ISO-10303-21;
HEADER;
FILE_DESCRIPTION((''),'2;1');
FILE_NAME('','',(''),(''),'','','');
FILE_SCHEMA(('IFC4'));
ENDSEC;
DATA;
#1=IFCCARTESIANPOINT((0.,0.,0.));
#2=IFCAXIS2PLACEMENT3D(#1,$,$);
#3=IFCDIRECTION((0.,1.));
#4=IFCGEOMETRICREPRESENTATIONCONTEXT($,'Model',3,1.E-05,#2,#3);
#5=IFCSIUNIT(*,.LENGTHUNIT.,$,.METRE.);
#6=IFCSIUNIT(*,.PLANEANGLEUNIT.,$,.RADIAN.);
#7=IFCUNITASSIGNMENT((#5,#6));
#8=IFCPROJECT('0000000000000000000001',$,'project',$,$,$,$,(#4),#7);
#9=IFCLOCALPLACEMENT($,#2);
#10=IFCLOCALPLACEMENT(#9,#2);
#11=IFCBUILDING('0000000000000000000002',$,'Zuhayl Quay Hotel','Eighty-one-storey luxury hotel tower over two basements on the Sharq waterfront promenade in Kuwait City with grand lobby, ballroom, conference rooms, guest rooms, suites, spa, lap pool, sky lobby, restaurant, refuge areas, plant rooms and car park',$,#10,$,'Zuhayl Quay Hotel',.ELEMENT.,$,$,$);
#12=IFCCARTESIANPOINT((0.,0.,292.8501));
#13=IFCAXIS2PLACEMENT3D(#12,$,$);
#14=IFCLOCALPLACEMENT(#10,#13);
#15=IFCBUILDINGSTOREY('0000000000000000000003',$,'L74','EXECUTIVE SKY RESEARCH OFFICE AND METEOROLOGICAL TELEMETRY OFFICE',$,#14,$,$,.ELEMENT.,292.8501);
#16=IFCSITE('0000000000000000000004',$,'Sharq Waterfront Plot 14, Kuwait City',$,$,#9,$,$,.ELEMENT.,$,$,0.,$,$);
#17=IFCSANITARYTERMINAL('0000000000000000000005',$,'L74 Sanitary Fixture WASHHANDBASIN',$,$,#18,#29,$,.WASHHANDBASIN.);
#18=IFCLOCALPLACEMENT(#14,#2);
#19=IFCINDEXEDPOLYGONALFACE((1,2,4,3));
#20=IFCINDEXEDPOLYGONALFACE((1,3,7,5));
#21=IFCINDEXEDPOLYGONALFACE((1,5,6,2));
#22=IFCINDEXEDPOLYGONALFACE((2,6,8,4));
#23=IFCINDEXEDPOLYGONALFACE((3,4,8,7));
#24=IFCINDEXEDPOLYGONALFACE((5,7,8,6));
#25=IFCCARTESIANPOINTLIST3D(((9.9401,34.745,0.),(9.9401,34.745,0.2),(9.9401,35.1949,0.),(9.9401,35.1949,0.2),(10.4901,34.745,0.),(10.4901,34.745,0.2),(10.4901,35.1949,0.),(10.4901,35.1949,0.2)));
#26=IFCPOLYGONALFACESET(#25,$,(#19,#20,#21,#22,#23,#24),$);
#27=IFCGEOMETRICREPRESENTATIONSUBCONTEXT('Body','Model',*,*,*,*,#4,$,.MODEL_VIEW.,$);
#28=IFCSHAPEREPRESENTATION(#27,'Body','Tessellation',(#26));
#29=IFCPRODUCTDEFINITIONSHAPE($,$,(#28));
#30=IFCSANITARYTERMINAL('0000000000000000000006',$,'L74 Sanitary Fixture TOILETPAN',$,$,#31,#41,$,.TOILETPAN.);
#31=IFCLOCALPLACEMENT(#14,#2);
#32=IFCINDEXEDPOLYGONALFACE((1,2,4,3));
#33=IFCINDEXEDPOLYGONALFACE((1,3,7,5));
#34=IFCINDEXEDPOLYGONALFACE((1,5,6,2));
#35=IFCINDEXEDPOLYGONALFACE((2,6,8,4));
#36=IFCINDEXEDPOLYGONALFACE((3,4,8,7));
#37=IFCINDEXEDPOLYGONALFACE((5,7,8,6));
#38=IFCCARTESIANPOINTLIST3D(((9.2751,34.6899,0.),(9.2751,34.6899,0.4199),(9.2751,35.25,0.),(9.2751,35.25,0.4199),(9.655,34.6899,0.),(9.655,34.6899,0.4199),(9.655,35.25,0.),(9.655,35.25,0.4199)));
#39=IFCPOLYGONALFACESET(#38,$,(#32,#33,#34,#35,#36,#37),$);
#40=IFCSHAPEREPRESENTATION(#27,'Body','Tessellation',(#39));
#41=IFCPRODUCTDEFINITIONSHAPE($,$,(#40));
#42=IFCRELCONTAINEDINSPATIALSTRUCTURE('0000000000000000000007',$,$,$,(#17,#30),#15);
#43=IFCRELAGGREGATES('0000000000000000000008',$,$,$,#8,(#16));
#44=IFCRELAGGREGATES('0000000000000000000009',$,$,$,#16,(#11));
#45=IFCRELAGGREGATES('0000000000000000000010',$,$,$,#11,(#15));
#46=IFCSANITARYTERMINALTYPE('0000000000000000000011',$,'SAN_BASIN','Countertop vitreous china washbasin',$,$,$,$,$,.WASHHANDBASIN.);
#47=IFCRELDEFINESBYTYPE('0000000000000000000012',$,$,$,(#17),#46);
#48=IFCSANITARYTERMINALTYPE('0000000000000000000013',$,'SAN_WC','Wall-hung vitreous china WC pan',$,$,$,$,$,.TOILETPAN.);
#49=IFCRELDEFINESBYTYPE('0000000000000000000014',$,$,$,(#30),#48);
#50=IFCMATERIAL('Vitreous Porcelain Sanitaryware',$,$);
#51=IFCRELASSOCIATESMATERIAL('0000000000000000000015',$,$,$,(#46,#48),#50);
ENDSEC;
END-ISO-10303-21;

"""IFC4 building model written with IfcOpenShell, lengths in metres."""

from ifc_helpers import new_model, si_unit, direction, frame, origin, origin_2d, place, context, subcontext, project, spatial, rectangle, extrude, material, type_object, element, save


model = new_model("IFC4")

# Units and contexts
model_context = context("Model", 3, precision=1e-05, world=origin(), true_north=direction((0.0, 1.0)))
body_context = subcontext(model_context, "Body", "Model", "MODEL_VIEW")
ifc_project = project(units=[si_unit("LENGTHUNIT", "METRE"), si_unit("PLANEANGLEUNIT", "RADIAN")], contexts=[model_context])

# Site, building, storey
site_placement = place(None, origin())
site = spatial("IfcSite", under=ifc_project, at=site_placement, Name="Sharq Waterfront Plot 14, Kuwait City", CompositionType="ELEMENT", RefElevation=0.0)
building_placement = place(site_placement, origin())
building = spatial("IfcBuilding", under=site, at=building_placement, Name="Zuhayl Quay Hotel", Description="Eighty-one-storey luxury hotel tower over two basements on the Sharq waterfront promenade in Kuwait City with grand lobby, ballroom, conference rooms, guest rooms, suites, spa, lap pool, sky lobby, restaurant, refuge areas, plant rooms and car park", LongName="Zuhayl Quay Hotel", CompositionType="ELEMENT")
storey_placement = place(building_placement, frame((0.0, 0.0, 292.8501)))
storey = spatial("IfcBuildingStorey", under=building, at=storey_placement, Name="L74", Description="EXECUTIVE SKY RESEARCH OFFICE AND METEOROLOGICAL TELEMETRY OFFICE", CompositionType="ELEMENT", Elevation=292.8501)

# Sanitary terminals
ifc_material_1 = material(Name="Vitreous Porcelain Sanitaryware")
sanitary_terminal_type_1 = type_object("IfcSanitaryTerminalType", Name="SAN_BASIN", Description="Countertop vitreous china washbasin", PredefinedType="WASHHANDBASIN", material=ifc_material_1)
sanitary_terminal_1_placement = place(storey_placement, frame((10.2151, 34.97, 0.0), z_axis=(0.0, 0.0, 1.0), x_axis=(1.0, 0.0, 0.0)))
element("IfcSanitaryTerminal", 1, at=sanitary_terminal_1_placement, inside=storey, type_object=sanitary_terminal_type_1, Name="L74 Sanitary Fixture WASHHANDBASIN", PredefinedType="WASHHANDBASIN", context=body_context, shape_type="SweptSolid", body=[
    extrude(rectangle(XDim=0.55, YDim=0.45, at=origin_2d()), origin(), (0.0, 0.0, 1.0), 0.2),
])
sanitary_terminal_type_2 = type_object("IfcSanitaryTerminalType", Name="SAN_WC", Description="Wall-hung vitreous china WC pan", PredefinedType="TOILETPAN", material=ifc_material_1)
sanitary_terminal_2_placement = place(storey_placement, frame((9.4651, 34.97, 0.0), z_axis=(0.0, 0.0, 1.0), x_axis=(1.0, 0.0, 0.0)))
element("IfcSanitaryTerminal", 2, at=sanitary_terminal_2_placement, inside=storey, type_object=sanitary_terminal_type_2, Name="L74 Sanitary Fixture TOILETPAN", PredefinedType="TOILETPAN", context=body_context, shape_type="SweptSolid", body=[
    extrude(rectangle(XDim=0.3799, YDim=0.5601, at=origin_2d()), origin(), (0.0, 0.0, 1.0), 0.4199),
])

save(model, "model.ifc")
